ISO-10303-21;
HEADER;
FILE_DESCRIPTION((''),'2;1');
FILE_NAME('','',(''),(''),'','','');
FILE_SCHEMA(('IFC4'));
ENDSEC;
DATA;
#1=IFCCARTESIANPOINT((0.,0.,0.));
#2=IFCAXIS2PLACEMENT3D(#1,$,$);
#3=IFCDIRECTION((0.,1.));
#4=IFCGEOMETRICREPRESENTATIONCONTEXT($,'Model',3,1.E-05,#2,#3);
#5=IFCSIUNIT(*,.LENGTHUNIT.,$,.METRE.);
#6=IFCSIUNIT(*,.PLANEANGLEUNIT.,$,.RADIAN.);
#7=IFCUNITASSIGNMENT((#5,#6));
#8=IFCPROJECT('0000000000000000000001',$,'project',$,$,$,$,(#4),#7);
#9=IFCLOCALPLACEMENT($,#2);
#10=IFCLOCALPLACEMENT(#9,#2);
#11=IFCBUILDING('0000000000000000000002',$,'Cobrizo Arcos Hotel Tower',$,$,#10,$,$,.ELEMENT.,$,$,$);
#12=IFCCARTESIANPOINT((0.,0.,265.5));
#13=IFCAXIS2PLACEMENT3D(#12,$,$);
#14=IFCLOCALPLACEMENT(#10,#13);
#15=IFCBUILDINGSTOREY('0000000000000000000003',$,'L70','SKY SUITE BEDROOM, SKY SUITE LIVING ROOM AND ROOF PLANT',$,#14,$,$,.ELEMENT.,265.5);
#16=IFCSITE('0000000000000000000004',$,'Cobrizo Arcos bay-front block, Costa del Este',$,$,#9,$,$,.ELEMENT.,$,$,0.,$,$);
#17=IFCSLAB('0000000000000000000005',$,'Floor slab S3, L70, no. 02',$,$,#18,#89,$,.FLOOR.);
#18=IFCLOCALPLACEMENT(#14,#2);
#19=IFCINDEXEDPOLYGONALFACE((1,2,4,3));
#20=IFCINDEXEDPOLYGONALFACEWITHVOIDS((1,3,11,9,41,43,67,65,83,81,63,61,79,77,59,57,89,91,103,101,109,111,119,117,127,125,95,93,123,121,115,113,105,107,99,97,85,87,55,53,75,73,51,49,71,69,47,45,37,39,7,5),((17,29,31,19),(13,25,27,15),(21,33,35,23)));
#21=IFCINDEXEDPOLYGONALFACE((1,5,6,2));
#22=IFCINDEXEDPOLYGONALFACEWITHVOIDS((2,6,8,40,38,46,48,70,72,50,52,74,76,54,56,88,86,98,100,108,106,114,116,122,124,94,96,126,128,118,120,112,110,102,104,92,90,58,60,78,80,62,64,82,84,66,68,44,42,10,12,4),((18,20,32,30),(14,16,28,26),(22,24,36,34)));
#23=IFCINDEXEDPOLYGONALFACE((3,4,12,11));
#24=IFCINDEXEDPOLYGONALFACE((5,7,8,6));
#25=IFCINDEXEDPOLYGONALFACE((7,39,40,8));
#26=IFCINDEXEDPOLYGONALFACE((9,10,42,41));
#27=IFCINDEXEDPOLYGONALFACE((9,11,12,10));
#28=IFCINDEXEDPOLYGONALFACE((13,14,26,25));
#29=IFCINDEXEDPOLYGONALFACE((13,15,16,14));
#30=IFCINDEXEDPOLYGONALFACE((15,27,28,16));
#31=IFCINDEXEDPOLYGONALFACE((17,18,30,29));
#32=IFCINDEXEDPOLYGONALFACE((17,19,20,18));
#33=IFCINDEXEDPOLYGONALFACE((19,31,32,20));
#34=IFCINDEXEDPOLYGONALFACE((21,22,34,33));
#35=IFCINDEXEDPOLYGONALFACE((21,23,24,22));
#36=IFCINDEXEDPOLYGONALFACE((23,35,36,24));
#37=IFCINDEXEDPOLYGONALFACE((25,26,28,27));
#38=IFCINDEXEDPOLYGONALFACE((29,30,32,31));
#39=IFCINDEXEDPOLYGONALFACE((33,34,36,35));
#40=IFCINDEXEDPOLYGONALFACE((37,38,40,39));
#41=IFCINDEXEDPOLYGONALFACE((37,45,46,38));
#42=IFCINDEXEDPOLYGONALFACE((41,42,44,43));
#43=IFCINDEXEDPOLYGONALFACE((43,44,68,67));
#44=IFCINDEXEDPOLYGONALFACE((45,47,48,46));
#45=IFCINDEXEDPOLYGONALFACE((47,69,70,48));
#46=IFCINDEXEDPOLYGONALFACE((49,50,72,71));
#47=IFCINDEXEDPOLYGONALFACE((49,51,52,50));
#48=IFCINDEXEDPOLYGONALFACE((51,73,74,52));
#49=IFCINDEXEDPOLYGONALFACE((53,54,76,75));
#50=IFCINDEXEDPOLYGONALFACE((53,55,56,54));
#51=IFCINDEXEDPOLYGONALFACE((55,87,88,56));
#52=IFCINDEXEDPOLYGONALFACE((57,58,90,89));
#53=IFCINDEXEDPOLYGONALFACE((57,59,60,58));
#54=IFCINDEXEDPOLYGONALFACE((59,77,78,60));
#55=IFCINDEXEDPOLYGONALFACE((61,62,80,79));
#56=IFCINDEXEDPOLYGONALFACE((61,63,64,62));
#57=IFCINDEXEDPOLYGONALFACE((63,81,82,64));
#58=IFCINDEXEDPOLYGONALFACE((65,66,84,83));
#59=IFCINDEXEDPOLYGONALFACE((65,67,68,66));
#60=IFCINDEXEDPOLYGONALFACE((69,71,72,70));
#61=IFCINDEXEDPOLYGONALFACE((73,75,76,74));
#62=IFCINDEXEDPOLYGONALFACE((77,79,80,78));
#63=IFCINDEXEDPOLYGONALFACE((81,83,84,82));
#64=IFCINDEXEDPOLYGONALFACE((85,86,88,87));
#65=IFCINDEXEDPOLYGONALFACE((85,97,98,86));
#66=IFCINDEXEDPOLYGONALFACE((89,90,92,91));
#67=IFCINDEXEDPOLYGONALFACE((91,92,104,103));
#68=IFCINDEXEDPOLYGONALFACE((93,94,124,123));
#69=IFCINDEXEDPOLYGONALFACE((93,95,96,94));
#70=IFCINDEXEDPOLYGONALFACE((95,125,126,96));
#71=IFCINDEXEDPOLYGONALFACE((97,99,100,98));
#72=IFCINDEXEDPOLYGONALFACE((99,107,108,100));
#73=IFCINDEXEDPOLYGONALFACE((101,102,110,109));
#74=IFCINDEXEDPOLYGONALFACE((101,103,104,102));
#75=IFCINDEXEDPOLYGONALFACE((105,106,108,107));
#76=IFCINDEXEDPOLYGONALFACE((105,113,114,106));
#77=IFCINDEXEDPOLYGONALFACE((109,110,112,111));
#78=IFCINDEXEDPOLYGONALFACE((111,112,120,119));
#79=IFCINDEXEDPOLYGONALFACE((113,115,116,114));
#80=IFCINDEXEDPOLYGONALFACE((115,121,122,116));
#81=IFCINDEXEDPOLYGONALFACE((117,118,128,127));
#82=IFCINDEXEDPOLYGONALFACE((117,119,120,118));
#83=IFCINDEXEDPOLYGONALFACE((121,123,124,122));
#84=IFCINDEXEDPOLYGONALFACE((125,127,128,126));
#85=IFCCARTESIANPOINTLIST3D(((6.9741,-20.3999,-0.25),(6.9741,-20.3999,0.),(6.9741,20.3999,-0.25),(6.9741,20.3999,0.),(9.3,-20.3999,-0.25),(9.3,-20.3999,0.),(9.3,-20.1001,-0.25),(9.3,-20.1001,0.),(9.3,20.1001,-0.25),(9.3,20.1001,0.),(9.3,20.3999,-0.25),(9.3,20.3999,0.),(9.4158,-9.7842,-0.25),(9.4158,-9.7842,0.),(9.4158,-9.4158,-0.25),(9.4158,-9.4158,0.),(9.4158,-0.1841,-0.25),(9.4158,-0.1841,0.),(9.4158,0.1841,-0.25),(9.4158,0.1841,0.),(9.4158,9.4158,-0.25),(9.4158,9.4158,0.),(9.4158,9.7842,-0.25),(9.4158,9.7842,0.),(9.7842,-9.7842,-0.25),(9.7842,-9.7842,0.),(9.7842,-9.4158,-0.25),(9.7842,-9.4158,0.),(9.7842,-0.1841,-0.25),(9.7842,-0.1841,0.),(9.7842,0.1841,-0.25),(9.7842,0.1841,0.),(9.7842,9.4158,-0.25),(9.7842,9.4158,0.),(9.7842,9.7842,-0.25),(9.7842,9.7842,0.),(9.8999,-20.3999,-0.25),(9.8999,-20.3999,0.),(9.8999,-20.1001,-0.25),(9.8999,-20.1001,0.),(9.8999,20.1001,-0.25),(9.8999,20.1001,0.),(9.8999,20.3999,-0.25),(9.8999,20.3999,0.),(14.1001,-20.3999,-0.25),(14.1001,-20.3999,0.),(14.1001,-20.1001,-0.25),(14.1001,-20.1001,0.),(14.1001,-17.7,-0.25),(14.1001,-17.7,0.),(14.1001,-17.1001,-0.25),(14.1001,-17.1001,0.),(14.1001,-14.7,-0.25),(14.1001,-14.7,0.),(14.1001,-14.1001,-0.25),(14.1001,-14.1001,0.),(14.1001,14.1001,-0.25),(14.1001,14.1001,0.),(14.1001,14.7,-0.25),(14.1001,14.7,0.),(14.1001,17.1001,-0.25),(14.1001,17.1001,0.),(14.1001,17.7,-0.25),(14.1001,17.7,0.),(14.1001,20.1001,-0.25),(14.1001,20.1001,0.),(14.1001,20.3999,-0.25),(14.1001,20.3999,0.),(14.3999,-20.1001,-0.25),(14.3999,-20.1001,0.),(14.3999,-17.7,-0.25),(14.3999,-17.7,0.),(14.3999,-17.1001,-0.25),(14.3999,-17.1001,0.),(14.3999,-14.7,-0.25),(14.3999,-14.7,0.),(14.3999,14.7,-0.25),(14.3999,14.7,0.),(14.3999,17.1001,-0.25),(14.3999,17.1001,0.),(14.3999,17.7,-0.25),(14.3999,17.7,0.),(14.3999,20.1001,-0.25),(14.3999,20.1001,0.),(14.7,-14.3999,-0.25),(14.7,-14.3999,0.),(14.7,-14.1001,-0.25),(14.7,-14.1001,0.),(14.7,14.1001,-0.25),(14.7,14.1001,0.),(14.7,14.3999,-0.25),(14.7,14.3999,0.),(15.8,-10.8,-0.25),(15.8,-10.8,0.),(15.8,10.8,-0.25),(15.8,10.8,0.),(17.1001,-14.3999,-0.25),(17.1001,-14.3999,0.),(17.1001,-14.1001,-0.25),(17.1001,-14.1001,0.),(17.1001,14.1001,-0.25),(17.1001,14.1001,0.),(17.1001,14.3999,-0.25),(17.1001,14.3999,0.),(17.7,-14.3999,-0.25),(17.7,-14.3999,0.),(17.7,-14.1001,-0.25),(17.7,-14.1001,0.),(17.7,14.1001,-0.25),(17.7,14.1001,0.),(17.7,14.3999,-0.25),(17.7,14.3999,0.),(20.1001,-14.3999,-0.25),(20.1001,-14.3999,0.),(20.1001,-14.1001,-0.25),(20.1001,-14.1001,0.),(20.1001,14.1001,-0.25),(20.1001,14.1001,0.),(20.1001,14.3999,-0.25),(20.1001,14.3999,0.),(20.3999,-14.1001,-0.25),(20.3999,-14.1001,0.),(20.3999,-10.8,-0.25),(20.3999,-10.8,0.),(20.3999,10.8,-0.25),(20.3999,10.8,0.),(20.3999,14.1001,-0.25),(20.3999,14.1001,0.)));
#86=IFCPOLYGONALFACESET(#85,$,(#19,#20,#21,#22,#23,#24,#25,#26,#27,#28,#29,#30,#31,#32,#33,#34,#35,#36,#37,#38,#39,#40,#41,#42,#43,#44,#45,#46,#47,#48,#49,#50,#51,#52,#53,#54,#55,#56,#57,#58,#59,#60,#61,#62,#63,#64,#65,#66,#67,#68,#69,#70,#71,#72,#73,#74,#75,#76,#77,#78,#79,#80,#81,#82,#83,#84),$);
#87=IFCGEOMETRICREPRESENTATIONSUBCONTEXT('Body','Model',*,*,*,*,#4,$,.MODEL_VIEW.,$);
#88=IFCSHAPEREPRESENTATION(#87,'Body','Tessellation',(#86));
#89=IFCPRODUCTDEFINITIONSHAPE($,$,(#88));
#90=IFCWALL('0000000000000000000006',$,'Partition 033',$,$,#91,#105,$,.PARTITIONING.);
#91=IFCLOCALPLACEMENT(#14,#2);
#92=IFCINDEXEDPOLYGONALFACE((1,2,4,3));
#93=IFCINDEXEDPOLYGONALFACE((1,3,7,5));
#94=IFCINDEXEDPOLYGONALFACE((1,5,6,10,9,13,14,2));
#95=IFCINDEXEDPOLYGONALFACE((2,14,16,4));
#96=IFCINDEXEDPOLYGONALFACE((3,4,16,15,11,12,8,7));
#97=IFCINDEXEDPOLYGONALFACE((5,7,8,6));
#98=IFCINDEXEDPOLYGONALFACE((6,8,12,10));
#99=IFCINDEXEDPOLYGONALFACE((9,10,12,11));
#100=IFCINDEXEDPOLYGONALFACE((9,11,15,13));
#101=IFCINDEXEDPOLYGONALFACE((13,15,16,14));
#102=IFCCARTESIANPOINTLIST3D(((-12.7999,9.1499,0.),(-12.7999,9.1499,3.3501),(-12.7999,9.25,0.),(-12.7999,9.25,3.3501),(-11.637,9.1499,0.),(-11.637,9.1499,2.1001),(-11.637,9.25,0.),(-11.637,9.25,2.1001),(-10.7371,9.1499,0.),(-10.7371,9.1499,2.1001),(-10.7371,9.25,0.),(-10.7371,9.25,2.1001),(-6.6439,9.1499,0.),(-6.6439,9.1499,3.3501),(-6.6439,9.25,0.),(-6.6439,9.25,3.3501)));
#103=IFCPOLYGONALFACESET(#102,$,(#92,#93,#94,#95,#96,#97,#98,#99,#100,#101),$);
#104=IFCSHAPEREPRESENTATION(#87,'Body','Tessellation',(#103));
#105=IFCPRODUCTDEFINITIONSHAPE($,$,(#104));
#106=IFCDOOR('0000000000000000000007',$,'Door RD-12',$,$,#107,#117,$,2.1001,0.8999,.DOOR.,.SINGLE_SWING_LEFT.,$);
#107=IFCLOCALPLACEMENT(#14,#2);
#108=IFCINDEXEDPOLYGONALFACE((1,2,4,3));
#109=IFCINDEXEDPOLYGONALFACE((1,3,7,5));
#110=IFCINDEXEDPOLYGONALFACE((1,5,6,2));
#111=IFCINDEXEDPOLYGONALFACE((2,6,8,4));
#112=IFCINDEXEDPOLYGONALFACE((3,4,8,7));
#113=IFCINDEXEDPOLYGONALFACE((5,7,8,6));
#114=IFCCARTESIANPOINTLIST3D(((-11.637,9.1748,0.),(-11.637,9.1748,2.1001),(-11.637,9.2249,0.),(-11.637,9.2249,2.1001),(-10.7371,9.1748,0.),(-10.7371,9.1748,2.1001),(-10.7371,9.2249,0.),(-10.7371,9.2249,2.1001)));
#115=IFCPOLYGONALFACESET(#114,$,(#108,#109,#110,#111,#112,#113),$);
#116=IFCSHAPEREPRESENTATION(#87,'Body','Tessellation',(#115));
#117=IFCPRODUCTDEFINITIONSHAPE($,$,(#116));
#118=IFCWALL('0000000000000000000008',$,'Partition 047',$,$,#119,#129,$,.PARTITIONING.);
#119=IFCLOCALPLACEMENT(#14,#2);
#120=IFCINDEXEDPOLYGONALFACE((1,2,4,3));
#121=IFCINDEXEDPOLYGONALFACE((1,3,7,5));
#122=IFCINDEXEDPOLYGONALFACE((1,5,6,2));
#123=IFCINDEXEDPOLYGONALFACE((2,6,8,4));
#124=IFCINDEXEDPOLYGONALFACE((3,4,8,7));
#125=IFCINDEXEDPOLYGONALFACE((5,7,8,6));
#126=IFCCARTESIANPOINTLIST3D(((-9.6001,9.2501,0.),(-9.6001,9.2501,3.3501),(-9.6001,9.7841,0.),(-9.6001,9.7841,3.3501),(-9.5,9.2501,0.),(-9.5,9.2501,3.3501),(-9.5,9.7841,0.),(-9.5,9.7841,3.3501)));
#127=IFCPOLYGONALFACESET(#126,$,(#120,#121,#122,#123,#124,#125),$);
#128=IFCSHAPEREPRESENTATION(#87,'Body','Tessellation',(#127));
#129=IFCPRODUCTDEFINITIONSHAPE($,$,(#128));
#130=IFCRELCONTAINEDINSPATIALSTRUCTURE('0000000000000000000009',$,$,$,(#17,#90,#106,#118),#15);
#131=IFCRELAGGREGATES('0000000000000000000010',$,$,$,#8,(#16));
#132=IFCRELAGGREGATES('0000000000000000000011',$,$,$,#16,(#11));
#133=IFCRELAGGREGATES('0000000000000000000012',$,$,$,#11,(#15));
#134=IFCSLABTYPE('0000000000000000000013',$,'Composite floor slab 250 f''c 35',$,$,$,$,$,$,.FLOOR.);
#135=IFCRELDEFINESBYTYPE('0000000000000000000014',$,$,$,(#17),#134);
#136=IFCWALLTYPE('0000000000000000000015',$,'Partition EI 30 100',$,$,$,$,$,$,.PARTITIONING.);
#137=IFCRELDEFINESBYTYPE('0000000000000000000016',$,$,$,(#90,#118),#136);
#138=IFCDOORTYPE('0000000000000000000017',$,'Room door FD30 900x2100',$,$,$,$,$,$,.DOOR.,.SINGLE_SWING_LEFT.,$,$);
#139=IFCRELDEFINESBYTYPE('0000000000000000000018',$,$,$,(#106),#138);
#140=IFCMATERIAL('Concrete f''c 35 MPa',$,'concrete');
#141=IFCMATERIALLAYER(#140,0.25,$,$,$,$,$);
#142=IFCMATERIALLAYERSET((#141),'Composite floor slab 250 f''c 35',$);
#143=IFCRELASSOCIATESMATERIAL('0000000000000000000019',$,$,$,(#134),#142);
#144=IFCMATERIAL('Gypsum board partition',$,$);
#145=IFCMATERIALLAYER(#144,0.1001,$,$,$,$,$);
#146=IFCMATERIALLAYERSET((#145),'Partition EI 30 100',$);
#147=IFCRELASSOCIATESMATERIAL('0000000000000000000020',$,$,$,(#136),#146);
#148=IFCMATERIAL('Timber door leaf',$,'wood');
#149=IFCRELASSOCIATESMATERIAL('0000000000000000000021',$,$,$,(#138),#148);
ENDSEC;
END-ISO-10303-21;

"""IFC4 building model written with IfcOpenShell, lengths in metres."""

from ifc_helpers import new_model, si_unit, direction, frame, frame_2d, origin, place, context, subcontext, project, spatial, polyline, rectangle, outline, extrude, material, layer, layer_set, type_object, element, fill, save


model = new_model("IFC4")

# Units and contexts
model_context = context("Model", 3, precision=1e-05, world=origin(), true_north=direction((0.0, 1.0)))
body_context = subcontext(model_context, "Body", "Model", "MODEL_VIEW")
ifc_project = project(units=[si_unit("LENGTHUNIT", "METRE"), si_unit("PLANEANGLEUNIT", "RADIAN")], contexts=[model_context])

# Site, building, storey
site_placement = place(None, origin())
site = spatial("IfcSite", under=ifc_project, at=site_placement, Name="Cobrizo Arcos bay-front block, Costa del Este", CompositionType="ELEMENT", RefElevation=0.0)
building_placement = place(site_placement, origin())
building = spatial("IfcBuilding", under=site, at=building_placement, Name="Cobrizo Arcos Hotel Tower", CompositionType="ELEMENT")
storey_placement = place(building_placement, frame((0.0, 0.0, 265.5)))
storey = spatial("IfcBuildingStorey", under=building, at=storey_placement, Name="L70", Description="SKY SUITE BEDROOM, SKY SUITE LIVING ROOM AND ROOF PLANT", CompositionType="ELEMENT", Elevation=265.5)

# Slab
ifc_material_1 = material(Name="Concrete f'c 35 MPa", Category="concrete")
ifc_layer_1 = layer(ifc_material_1, 0.25)
ifc_layer_set_1 = layer_set([ifc_layer_1], Name="Composite floor slab 250 f'c 35")
slab_type = type_object("IfcSlabType", Name="Composite floor slab 250 f'c 35", PredefinedType="FLOOR", material=ifc_layer_set_1)
slab_placement = place(storey_placement, frame((0.0, 0.0, -0.25)))
element("IfcSlab", 1, at=slab_placement, inside=storey, type_object=slab_type, Name="Floor slab S3, L70, no. 02", PredefinedType="FLOOR", context=body_context, shape_type="SweptSolid", body=[
    extrude(outline(polyline([(14.3999, 17.7), (14.1001, 17.7), (14.1001, 17.1001), (14.3999, 17.1001), (14.3999, 14.7), (14.1001, 14.7), (14.1001, 14.1001), (14.7, 14.1001), (14.7, 14.3999), (17.1001, 14.3999), (17.1001, 14.1001), (17.7, 14.1001), (17.7, 14.3999), (20.1001, 14.3999), (20.1001, 14.1001), (20.3999, 14.1001), (20.3999, 10.8), (15.8, 10.8), (15.8, -10.8), (20.3999, -10.8), (20.3999, -14.1001), (20.1001, -14.1001), (20.1001, -14.3999), (17.7, -14.3999), (17.7, -14.1001), (17.1001, -14.1001), (17.1001, -14.3999), (14.7, -14.3999), (14.7, -14.1001), (14.1001, -14.1001), (14.1001, -14.7), (14.3999, -14.7), (14.3999, -17.1001), (14.1001, -17.1001), (14.1001, -17.7), (14.3999, -17.7), (14.3999, -20.1001), (14.1001, -20.1001), (14.1001, -20.3999), (9.8999, -20.3999), (9.8999, -20.1001), (9.3, -20.1001), (9.3, -20.3999), (6.9741, -20.3999), (6.9741, 20.3999), (9.3, 20.3999), (9.3, 20.1001), (9.8999, 20.1001), (9.8999, 20.3999), (14.1001, 20.3999), (14.1001, 20.1001), (14.3999, 20.1001), (14.3999, 17.7)]), holes=[polyline([(9.7842, -9.7842), (9.7842, -9.4158), (9.4158, -9.4158), (9.4158, -9.7842), (9.7842, -9.7842)]), polyline([(9.7842, -0.1841), (9.7842, 0.1841), (9.4158, 0.1841), (9.4158, -0.1841), (9.7842, -0.1841)]), polyline([(9.7842, 9.4158), (9.7842, 9.7842), (9.4158, 9.7842), (9.4158, 9.4158), (9.7842, 9.4158)])]), origin(), (0.0, 0.0, 1.0), 0.25),
])

# Wall, opening, door
ifc_material_2 = material(Name="Gypsum board partition")
ifc_layer_2 = layer(ifc_material_2, 0.1001)
ifc_layer_set_2 = layer_set([ifc_layer_2], Name="Partition EI 30 100")
wall_type = type_object("IfcWallType", Name="Partition EI 30 100", PredefinedType="PARTITIONING", material=ifc_layer_set_2)
wall_1_placement = place(storey_placement, frame((-12.8, 9.2, 0.0), z_axis=(0.0, 0.0, 1.0), x_axis=(1.0, 0.0, 0.0)))
wall_1 = element("IfcWall", 2, at=wall_1_placement, inside=storey, type_object=wall_type, Name="Partition 033", PredefinedType="PARTITIONING", context=body_context, shape_type="SweptSolid", body=[
    extrude(rectangle(XDim=6.156, YDim=0.1001, at=frame_2d((3.0781, 0.0))), origin(), (0.0, 0.0, 1.0), 3.3501),
])
opening_placement = place(wall_1_placement, frame((1.1631, 0.0, 0.0)))
opening = element("IfcOpeningElement", 3, at=opening_placement, cuts=wall_1, PredefinedType="OPENING", context=body_context, shape_type="SweptSolid", body=[
    extrude(rectangle(XDim=0.8999, YDim=2.1001, at=frame_2d((0.45, 1.05))), frame((0.0, 0.062, 0.0), z_axis=(0.0, -1.0, 0.0), x_axis=(1.0, 0.0, 0.0)), (0.0, 0.0, 1.0), 0.124),
])
ifc_material_3 = material(Name="Timber door leaf", Category="wood")
door_type = type_object("IfcDoorType", Name="Room door FD30 900x2100", OperationType="SINGLE_SWING_LEFT", PredefinedType="DOOR", material=ifc_material_3)
door_placement = place(opening_placement, origin())
door = element("IfcDoor", 4, at=door_placement, inside=storey, type_object=door_type, Name="Door RD-12", OperationType="SINGLE_SWING_LEFT", OverallHeight=2.1001, OverallWidth=0.8999, PredefinedType="DOOR", context=body_context, shape_type="SweptSolid", body=[
    extrude(rectangle(XDim=0.8999, YDim=2.1001, at=frame_2d((0.45, 1.05))), frame((0.0, 0.0249, 0.0), z_axis=(0.0, -1.0, 0.0), x_axis=(1.0, 0.0, 0.0)), (0.0, 0.0, 1.0), 0.05),
])
fill(opening, door)

# Wall
wall_2_placement = place(storey_placement, frame((-9.55, 9.25, 0.0), z_axis=(0.0, 0.0, 1.0), x_axis=(0.0, 1.0, 0.0)))
element("IfcWall", 5, at=wall_2_placement, inside=storey, type_object=wall_type, Name="Partition 047", PredefinedType="PARTITIONING", context=body_context, shape_type="SweptSolid", body=[
    extrude(rectangle(XDim=0.5339, YDim=0.1001, at=frame_2d((0.2671, 0.0))), origin(), (0.0, 0.0, 1.0), 3.3501),
])

save(model, "model.ifc")
